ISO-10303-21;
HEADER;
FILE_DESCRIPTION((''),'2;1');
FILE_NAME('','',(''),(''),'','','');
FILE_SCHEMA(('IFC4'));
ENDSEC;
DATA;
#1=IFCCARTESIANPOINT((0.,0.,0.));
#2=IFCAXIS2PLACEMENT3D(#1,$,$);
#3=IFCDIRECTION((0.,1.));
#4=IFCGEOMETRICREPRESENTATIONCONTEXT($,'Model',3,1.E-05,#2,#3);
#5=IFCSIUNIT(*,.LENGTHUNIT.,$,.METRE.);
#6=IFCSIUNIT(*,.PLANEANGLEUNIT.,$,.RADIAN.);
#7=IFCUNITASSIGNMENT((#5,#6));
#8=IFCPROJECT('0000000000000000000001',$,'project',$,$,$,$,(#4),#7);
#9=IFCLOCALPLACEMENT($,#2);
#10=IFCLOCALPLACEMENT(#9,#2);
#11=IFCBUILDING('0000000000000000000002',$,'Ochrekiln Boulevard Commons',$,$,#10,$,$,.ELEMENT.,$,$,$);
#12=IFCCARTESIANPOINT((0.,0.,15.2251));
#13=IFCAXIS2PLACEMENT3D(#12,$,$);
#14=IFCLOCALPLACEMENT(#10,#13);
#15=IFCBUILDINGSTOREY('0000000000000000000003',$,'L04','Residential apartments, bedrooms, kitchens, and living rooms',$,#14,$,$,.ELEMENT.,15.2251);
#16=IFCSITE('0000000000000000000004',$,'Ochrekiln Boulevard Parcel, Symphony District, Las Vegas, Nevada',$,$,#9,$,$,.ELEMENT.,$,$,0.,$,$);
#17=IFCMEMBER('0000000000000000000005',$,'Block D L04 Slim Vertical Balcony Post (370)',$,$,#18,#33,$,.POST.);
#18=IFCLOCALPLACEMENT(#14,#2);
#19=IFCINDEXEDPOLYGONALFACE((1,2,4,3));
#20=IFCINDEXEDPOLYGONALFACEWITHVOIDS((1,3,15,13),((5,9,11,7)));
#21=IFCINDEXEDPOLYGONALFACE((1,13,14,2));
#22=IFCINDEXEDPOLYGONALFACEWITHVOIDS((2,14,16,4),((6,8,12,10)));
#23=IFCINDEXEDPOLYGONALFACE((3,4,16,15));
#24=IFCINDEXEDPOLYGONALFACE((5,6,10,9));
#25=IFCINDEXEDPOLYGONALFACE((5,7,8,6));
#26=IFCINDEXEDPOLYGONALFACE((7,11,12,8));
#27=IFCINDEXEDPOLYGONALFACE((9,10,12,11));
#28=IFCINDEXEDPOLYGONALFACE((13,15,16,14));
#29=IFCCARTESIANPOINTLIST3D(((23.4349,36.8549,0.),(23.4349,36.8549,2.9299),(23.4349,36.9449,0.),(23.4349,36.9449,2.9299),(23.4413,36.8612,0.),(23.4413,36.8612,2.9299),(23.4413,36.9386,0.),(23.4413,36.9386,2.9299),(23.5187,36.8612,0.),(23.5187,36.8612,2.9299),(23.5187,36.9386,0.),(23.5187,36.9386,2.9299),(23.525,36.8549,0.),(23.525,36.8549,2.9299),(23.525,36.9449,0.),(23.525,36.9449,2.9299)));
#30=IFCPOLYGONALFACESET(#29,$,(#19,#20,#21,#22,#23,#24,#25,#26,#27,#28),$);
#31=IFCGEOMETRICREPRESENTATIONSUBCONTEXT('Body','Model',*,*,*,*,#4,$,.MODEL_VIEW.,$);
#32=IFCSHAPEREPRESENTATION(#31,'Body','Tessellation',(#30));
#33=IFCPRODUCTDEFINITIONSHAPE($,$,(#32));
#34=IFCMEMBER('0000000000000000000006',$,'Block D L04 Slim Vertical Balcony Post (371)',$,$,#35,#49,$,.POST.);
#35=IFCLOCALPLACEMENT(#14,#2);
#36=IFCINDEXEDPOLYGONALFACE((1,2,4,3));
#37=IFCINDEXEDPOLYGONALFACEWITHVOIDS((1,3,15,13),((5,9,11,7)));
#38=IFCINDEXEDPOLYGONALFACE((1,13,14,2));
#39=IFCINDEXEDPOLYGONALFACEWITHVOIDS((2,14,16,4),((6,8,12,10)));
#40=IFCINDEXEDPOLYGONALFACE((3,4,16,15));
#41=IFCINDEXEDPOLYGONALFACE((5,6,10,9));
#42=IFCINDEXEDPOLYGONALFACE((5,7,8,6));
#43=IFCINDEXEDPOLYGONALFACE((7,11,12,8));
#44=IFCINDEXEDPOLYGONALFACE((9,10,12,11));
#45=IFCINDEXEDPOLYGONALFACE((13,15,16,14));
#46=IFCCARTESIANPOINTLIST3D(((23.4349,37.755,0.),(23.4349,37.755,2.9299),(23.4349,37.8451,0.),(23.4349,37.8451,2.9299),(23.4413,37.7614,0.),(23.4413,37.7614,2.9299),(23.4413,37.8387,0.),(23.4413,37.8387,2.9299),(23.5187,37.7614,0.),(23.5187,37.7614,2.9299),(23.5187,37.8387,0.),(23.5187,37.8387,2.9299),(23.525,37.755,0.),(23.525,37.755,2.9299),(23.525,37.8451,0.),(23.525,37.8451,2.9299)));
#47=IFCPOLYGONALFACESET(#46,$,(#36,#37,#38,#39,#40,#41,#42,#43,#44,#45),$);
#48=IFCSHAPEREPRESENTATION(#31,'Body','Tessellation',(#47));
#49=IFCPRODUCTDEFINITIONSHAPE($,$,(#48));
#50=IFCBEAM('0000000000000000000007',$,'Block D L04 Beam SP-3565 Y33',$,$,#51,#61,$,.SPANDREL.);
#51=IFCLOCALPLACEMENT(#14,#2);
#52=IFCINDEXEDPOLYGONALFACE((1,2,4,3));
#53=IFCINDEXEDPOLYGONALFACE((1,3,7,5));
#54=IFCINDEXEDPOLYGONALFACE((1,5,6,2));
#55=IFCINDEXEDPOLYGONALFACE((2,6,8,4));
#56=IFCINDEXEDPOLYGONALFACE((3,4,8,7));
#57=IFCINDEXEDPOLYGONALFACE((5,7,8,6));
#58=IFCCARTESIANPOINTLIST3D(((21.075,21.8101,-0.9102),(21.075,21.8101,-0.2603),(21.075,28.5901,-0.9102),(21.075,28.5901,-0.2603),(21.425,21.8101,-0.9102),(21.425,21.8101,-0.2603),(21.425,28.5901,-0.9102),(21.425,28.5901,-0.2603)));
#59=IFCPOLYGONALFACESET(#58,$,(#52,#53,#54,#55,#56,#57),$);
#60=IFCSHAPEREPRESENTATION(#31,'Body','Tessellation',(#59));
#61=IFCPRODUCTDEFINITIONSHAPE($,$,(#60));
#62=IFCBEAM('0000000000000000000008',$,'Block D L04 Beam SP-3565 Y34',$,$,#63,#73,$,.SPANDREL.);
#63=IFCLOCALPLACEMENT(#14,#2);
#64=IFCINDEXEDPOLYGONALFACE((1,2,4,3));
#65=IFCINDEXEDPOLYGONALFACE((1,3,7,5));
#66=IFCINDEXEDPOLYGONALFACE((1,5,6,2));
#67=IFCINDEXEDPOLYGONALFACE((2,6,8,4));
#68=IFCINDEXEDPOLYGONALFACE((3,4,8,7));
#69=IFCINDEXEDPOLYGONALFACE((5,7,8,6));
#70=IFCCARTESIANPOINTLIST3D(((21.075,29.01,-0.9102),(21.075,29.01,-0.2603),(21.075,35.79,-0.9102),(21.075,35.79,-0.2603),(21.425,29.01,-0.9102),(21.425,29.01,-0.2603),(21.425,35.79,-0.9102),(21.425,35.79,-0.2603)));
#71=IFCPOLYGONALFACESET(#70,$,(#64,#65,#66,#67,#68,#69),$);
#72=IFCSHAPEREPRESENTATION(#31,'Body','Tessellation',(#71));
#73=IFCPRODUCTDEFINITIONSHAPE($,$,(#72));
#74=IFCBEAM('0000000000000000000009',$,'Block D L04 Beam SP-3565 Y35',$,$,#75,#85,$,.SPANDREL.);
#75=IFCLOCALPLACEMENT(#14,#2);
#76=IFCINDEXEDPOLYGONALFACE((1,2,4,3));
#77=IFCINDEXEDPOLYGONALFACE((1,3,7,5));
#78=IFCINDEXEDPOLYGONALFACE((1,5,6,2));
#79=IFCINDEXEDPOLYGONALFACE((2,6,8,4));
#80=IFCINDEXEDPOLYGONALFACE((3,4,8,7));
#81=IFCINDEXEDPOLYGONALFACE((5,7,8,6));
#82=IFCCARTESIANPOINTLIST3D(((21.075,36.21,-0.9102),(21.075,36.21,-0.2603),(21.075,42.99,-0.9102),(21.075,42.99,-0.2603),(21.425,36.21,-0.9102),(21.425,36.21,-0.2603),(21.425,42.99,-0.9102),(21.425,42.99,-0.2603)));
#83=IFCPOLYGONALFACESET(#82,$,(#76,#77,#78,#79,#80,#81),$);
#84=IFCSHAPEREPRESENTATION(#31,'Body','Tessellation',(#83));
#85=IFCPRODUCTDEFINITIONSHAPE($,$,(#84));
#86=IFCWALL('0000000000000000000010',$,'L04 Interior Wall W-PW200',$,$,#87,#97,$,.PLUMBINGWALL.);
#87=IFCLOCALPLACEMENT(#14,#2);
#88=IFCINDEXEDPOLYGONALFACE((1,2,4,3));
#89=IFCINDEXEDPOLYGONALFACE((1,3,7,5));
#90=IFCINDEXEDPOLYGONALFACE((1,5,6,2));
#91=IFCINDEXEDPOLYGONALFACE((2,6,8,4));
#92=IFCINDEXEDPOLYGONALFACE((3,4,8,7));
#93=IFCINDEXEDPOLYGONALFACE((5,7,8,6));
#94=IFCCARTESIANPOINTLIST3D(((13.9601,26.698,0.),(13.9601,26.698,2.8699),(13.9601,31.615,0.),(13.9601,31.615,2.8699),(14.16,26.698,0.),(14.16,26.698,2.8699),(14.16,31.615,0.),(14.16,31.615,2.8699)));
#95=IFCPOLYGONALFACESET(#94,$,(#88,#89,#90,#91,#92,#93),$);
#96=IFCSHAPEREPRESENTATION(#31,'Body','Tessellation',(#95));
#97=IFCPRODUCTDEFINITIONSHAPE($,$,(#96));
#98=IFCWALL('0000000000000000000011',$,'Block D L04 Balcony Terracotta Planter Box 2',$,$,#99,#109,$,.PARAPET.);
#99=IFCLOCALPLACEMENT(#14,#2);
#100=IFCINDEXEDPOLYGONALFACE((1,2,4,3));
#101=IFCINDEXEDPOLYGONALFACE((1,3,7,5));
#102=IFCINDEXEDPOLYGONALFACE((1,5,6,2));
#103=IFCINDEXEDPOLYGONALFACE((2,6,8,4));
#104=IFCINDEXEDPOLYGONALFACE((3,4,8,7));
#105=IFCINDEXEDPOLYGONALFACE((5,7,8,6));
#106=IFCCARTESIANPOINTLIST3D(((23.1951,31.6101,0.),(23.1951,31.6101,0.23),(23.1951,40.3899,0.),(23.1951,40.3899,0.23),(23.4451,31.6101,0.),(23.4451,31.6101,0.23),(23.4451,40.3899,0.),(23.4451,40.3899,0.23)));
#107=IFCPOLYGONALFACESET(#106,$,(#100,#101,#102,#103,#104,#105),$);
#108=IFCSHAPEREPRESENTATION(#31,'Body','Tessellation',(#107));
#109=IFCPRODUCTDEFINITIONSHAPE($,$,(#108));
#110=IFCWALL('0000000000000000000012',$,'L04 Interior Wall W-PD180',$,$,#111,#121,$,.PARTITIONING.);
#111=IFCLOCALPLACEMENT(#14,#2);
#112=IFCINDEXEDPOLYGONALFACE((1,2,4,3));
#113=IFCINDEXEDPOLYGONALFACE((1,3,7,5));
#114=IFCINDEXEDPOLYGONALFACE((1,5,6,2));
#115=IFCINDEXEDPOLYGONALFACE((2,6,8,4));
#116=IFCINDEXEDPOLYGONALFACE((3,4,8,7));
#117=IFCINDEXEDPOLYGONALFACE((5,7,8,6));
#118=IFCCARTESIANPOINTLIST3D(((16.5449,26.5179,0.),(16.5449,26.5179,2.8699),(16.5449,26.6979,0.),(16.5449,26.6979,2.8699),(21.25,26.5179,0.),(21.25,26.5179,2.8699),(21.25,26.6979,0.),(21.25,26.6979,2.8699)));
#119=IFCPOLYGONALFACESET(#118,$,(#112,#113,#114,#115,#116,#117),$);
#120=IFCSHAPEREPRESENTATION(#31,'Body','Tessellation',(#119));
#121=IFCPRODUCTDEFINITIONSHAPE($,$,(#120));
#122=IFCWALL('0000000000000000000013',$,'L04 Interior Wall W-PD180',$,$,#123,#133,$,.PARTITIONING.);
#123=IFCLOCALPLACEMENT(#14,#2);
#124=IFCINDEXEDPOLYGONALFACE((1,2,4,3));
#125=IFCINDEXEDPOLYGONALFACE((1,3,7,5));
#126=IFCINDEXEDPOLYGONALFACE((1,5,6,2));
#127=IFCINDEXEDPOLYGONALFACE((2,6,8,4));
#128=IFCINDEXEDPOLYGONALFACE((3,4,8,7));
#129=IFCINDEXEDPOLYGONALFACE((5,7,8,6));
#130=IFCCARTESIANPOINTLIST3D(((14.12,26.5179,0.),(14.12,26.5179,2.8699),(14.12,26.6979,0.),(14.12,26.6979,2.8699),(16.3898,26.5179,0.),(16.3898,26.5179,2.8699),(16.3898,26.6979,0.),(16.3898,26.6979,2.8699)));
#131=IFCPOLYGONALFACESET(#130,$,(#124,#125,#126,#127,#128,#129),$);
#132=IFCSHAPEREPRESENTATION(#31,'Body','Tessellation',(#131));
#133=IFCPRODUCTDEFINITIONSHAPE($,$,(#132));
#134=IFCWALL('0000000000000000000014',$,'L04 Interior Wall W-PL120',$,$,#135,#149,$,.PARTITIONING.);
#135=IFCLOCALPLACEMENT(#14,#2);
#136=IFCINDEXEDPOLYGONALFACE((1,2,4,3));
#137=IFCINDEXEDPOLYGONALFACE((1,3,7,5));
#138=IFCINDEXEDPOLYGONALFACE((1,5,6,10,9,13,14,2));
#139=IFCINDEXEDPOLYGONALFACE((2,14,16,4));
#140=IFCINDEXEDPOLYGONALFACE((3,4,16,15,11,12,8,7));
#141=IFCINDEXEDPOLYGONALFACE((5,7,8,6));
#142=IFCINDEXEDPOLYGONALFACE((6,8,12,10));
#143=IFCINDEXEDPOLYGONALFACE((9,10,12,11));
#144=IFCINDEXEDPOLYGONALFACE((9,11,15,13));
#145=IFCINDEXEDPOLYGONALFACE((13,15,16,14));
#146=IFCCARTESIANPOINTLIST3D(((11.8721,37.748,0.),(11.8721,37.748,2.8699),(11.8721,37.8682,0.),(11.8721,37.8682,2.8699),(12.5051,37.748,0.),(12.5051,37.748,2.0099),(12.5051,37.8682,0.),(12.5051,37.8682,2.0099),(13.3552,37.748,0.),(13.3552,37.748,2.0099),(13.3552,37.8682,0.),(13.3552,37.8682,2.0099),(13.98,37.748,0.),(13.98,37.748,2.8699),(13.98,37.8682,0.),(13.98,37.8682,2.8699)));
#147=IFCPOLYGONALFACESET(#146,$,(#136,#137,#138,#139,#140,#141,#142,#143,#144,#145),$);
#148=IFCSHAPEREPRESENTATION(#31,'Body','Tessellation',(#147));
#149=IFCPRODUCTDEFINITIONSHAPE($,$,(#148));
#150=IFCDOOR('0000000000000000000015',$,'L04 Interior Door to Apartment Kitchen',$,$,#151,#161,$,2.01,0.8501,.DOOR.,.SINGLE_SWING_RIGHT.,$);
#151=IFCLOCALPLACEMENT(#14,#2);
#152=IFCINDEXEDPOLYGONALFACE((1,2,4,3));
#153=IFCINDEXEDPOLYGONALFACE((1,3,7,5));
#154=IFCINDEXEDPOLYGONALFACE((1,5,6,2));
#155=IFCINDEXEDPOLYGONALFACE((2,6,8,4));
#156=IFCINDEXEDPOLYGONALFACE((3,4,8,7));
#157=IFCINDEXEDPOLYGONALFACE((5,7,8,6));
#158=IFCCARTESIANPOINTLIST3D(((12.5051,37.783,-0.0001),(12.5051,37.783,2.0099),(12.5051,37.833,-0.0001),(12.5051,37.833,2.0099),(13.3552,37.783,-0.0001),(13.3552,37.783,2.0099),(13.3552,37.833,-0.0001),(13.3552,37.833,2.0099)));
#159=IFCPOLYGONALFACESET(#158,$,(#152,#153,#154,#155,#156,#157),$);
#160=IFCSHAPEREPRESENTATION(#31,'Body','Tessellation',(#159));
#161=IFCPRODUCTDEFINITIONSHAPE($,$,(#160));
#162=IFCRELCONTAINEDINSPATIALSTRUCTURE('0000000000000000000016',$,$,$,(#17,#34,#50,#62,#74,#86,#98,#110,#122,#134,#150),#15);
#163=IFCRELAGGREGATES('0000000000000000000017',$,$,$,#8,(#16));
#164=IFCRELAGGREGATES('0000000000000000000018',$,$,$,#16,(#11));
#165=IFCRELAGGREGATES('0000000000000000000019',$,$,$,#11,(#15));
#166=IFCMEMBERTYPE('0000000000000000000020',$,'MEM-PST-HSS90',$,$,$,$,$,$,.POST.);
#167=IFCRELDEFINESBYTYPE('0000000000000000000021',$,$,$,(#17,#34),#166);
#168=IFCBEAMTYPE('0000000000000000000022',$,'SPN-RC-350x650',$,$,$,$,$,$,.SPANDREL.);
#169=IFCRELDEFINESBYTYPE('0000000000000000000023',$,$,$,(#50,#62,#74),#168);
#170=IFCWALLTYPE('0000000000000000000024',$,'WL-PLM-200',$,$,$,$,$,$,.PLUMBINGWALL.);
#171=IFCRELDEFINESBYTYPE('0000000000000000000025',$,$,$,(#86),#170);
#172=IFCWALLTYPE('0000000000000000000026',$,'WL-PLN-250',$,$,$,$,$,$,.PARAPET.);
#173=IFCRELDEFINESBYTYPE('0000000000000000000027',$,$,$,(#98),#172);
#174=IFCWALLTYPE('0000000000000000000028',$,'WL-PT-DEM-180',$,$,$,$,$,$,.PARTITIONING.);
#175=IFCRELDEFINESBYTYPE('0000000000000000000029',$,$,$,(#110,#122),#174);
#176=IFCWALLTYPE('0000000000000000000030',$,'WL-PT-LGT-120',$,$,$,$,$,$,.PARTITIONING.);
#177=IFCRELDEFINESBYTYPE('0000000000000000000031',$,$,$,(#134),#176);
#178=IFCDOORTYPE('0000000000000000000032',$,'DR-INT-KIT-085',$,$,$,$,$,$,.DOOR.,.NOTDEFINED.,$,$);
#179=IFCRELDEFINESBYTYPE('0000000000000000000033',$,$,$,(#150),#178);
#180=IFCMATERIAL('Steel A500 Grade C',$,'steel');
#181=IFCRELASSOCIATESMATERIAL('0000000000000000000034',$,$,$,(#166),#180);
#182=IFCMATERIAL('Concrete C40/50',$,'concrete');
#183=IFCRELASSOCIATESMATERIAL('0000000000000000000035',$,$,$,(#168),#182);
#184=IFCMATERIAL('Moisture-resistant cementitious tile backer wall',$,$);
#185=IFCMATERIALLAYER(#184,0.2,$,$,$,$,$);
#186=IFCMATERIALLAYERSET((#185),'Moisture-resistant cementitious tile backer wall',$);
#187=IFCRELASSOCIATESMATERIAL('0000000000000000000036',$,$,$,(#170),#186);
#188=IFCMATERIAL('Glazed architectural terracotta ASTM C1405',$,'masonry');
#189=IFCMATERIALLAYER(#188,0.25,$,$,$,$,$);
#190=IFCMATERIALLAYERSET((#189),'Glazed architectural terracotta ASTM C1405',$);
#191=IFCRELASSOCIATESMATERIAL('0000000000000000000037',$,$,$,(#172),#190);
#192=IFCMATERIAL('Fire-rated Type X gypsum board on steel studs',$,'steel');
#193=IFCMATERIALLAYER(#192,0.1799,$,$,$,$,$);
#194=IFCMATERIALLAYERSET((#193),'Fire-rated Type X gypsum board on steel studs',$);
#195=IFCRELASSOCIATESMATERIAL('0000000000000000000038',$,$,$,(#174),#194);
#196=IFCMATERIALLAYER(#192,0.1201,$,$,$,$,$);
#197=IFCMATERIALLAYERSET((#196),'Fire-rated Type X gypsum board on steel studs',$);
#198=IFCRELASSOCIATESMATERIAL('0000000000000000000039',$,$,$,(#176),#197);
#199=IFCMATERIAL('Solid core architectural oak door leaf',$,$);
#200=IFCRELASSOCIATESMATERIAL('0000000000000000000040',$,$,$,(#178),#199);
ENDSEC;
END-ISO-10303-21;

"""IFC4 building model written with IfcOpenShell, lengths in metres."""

from ifc_helpers import new_model, si_unit, direction, frame, frame_2d, origin, origin_2d, place, context, subcontext, project, spatial, rectangle, hollow_rectangle, extrude, material, layer, layer_set, material_profile, profile_set, type_object, element, fill, save


model = new_model("IFC4")

# Units and contexts
model_context = context("Model", 3, precision=1e-05, world=origin(), true_north=direction((0.0, 1.0)))
body_context = subcontext(model_context, "Body", "Model", "MODEL_VIEW")
ifc_project = project(units=[si_unit("LENGTHUNIT", "METRE"), si_unit("PLANEANGLEUNIT", "RADIAN")], contexts=[model_context])

# Site, building, storey
site_placement = place(None, origin())
site = spatial("IfcSite", under=ifc_project, at=site_placement, Name="Ochrekiln Boulevard Parcel, Symphony District, Las Vegas, Nevada", CompositionType="ELEMENT", RefElevation=0.0)
building_placement = place(site_placement, origin())
building = spatial("IfcBuilding", under=site, at=building_placement, Name="Ochrekiln Boulevard Commons", CompositionType="ELEMENT")
storey_placement = place(building_placement, frame((0.0, 0.0, 15.2251)))
storey = spatial("IfcBuildingStorey", under=building, at=storey_placement, Name="L04", Description="Residential apartments, bedrooms, kitchens, and living rooms", CompositionType="ELEMENT", Elevation=15.2251)

# Shared definitions
ifc_material_1 = material(Name="Concrete C40/50", Category="concrete")

# Members
ifc_material_2 = material(Name="Steel A500 Grade C", Category="steel")
ifc_material_profile_1 = material_profile(ifc_material_2, hollow_rectangle(XDim=0.0901, YDim=0.0901, WallThickness=0.0063, at=origin_2d()), Name="HSS90X90X6.4")
ifc_profile_set_1 = profile_set([ifc_material_profile_1], Name="Steel A500 Grade C")
member_type = type_object("IfcMemberType", Name="MEM-PST-HSS90", PredefinedType="POST", material=ifc_profile_set_1)
for number, where, z_axis, x_axis, name in (
    (1, (23.48, 36.8999, 0.0), (0.0, 0.0, 1.0), (1.0, 0.0, 0.0), "Block D L04 Slim Vertical Balcony Post (370)"),
    (2, (23.48, 37.8, 0.0), (0.0, 0.0, 1.0), (1.0, 0.0, 0.0), "Block D L04 Slim Vertical Balcony Post (371)"),
):
    element("IfcMember", number, at=place(storey_placement, frame(where, z_axis=z_axis, x_axis=x_axis)), inside=storey, type_object=member_type, Name=name, PredefinedType="POST", context=body_context, shape_type="SweptSolid", body=[
        extrude(hollow_rectangle(XDim=0.0901, YDim=0.0901, WallThickness=0.0063, at=origin_2d()), origin(), (0.0, 0.0, 1.0), 2.9299),
    ])

# Beams
ifc_material_profile_2 = material_profile(ifc_material_1, rectangle(XDim=0.3501, YDim=0.6499, at=origin_2d()), Name="RC-SPN-350x650")
ifc_profile_set_2 = profile_set([ifc_material_profile_2], Name="Concrete C40/50")
beam_type_1 = type_object("IfcBeamType", Name="SPN-RC-350x650", PredefinedType="SPANDREL", material=ifc_profile_set_2)
for number, where, z_axis, x_axis, name in (
    (3, (21.25, 21.8101, -0.5852), (0.0, 1.0, 0.0), (-1.0, 0.0, 0.0), "Block D L04 Beam SP-3565 Y33"),
    (4, (21.25, 29.01, -0.5852), (0.0, 1.0, 0.0), (-1.0, 0.0, 0.0), "Block D L04 Beam SP-3565 Y34"),
    (5, (21.25, 36.21, -0.5852), (0.0, 1.0, 0.0), (-1.0, 0.0, 0.0), "Block D L04 Beam SP-3565 Y35"),
):
    element("IfcBeam", number, at=place(storey_placement, frame(where, z_axis=z_axis, x_axis=x_axis)), inside=storey, type_object=beam_type_1, Name=name, PredefinedType="SPANDREL", context=body_context, shape_type="SweptSolid", body=[
        extrude(rectangle(XDim=0.3501, YDim=0.6499, at=origin_2d()), origin(), (0.0, 0.0, 1.0), 6.78),
    ])

# Walls
ifc_material_3 = material(Name="Moisture-resistant cementitious tile backer wall")
ifc_layer_1 = layer(ifc_material_3, 0.2)
ifc_layer_set_1 = layer_set([ifc_layer_1], Name="Moisture-resistant cementitious tile backer wall")
wall_type_1 = type_object("IfcWallType", Name="WL-PLM-200", PredefinedType="PLUMBINGWALL", material=ifc_layer_set_1)
wall_1_placement = place(storey_placement, frame((14.0601, 26.698, 0.0), z_axis=(0.0, 0.0, 1.0), x_axis=(0.0, 1.0, 0.0)))
element("IfcWall", 6, at=wall_1_placement, inside=storey, type_object=wall_type_1, Name="L04 Interior Wall W-PW200", PredefinedType="PLUMBINGWALL", context=body_context, shape_type="SweptSolid", body=[
    extrude(rectangle(XDim=4.917, YDim=0.2, at=frame_2d((2.4585, 0.0))), origin(), (0.0, 0.0, 1.0), 2.8699),
])
ifc_material_4 = material(Name="Glazed architectural terracotta ASTM C1405", Category="masonry")
ifc_layer_2 = layer(ifc_material_4, 0.25)
ifc_layer_set_2 = layer_set([ifc_layer_2], Name="Glazed architectural terracotta ASTM C1405")
wall_type_2 = type_object("IfcWallType", Name="WL-PLN-250", PredefinedType="PARAPET", material=ifc_layer_set_2)
wall_2_placement = place(storey_placement, frame((23.3201, 31.6101, 0.0), z_axis=(0.0, 0.0, 1.0), x_axis=(0.0, 1.0, 0.0)))
element("IfcWall", 7, at=wall_2_placement, inside=storey, type_object=wall_type_2, Name="Block D L04 Balcony Terracotta Planter Box 2", PredefinedType="PARAPET", context=body_context, shape_type="SweptSolid", body=[
    extrude(rectangle(XDim=8.7798, YDim=0.25, at=frame_2d((4.3899, 0.0))), origin(), (0.0, 0.0, 1.0), 0.23),
])
ifc_material_5 = material(Name="Fire-rated Type X gypsum board on steel studs", Category="steel")
ifc_layer_3 = layer(ifc_material_5, 0.1799)
ifc_layer_set_3 = layer_set([ifc_layer_3], Name="Fire-rated Type X gypsum board on steel studs")
wall_type_3 = type_object("IfcWallType", Name="WL-PT-DEM-180", PredefinedType="PARTITIONING", material=ifc_layer_set_3)
wall_3_placement = place(storey_placement, frame((16.5449, 26.6079, 0.0), z_axis=(0.0, 0.0, 1.0), x_axis=(1.0, 0.0, 0.0)))
element("IfcWall", 8, at=wall_3_placement, inside=storey, type_object=wall_type_3, Name="L04 Interior Wall W-PD180", PredefinedType="PARTITIONING", context=body_context, shape_type="SweptSolid", body=[
    extrude(rectangle(XDim=4.7051, YDim=0.1799, at=frame_2d((2.3525, 0.0))), origin(), (0.0, 0.0, 1.0), 2.8699),
])
wall_4_placement = place(storey_placement, frame((14.1201, 26.6079, 0.0), z_axis=(0.0, 0.0, 1.0), x_axis=(1.0, 0.0, 0.0)))
element("IfcWall", 9, at=wall_4_placement, inside=storey, type_object=wall_type_3, Name="L04 Interior Wall W-PD180", PredefinedType="PARTITIONING", context=body_context, shape_type="SweptSolid", body=[
    extrude(rectangle(XDim=2.2698, YDim=0.1799, at=frame_2d((1.1348, 0.0))), origin(), (0.0, 0.0, 1.0), 2.8699),
])

# Wall, opening, door
ifc_layer_4 = layer(ifc_material_5, 0.1201)
ifc_layer_set_4 = layer_set([ifc_layer_4], Name="Fire-rated Type X gypsum board on steel studs")
wall_type_4 = type_object("IfcWallType", Name="WL-PT-LGT-120", PredefinedType="PARTITIONING", material=ifc_layer_set_4)
wall_5_placement = place(storey_placement, frame((11.8721, 37.8081, 0.0), z_axis=(0.0, 0.0, 1.0), x_axis=(1.0, 0.0, 0.0)))
wall_5 = element("IfcWall", 10, at=wall_5_placement, inside=storey, type_object=wall_type_4, Name="L04 Interior Wall W-PL120", PredefinedType="PARTITIONING", context=body_context, shape_type="SweptSolid", body=[
    extrude(rectangle(XDim=2.1079, YDim=0.1201, at=frame_2d((1.054, 0.0))), origin(), (0.0, 0.0, 1.0), 2.8699),
])
opening_1_placement = place(wall_5_placement, frame((0.6331, 0.0, 0.0)))
opening_1 = element("IfcOpeningElement", 11, at=opening_1_placement, cuts=wall_5, PredefinedType="OPENING", context=body_context, shape_type="SweptSolid", body=[
    extrude(rectangle(XDim=0.8501, YDim=2.01, at=frame_2d((0.425, 1.0049))), frame((0.0, 0.0701, 0.0), z_axis=(0.0, -1.0, 0.0), x_axis=(1.0, 0.0, 0.0)), (0.0, 0.0, 1.0), 0.1401),
])
ifc_material_6 = material(Name="Solid core architectural oak door leaf")
door_type_1 = type_object("IfcDoorType", Name="DR-INT-KIT-085", OperationType="NOTDEFINED", PredefinedType="DOOR", material=ifc_material_6)
door_1_placement = place(opening_1_placement, origin())
door_1 = element("IfcDoor", 12, at=door_1_placement, inside=storey, type_object=door_type_1, Name="L04 Interior Door to Apartment Kitchen", OperationType="SINGLE_SWING_RIGHT", OverallHeight=2.01, OverallWidth=0.8501, PredefinedType="DOOR", context=body_context, shape_type="SweptSolid", body=[
    extrude(rectangle(XDim=0.8501, YDim=2.01, at=frame_2d((0.425, 1.0049))), frame((0.0, 0.0249, 0.0), z_axis=(0.0, -1.0, 0.0), x_axis=(1.0, 0.0, 0.0)), (0.0, 0.0, 1.0), 0.05),
])
fill(opening_1, door_1)

save(model, "model.ifc")
